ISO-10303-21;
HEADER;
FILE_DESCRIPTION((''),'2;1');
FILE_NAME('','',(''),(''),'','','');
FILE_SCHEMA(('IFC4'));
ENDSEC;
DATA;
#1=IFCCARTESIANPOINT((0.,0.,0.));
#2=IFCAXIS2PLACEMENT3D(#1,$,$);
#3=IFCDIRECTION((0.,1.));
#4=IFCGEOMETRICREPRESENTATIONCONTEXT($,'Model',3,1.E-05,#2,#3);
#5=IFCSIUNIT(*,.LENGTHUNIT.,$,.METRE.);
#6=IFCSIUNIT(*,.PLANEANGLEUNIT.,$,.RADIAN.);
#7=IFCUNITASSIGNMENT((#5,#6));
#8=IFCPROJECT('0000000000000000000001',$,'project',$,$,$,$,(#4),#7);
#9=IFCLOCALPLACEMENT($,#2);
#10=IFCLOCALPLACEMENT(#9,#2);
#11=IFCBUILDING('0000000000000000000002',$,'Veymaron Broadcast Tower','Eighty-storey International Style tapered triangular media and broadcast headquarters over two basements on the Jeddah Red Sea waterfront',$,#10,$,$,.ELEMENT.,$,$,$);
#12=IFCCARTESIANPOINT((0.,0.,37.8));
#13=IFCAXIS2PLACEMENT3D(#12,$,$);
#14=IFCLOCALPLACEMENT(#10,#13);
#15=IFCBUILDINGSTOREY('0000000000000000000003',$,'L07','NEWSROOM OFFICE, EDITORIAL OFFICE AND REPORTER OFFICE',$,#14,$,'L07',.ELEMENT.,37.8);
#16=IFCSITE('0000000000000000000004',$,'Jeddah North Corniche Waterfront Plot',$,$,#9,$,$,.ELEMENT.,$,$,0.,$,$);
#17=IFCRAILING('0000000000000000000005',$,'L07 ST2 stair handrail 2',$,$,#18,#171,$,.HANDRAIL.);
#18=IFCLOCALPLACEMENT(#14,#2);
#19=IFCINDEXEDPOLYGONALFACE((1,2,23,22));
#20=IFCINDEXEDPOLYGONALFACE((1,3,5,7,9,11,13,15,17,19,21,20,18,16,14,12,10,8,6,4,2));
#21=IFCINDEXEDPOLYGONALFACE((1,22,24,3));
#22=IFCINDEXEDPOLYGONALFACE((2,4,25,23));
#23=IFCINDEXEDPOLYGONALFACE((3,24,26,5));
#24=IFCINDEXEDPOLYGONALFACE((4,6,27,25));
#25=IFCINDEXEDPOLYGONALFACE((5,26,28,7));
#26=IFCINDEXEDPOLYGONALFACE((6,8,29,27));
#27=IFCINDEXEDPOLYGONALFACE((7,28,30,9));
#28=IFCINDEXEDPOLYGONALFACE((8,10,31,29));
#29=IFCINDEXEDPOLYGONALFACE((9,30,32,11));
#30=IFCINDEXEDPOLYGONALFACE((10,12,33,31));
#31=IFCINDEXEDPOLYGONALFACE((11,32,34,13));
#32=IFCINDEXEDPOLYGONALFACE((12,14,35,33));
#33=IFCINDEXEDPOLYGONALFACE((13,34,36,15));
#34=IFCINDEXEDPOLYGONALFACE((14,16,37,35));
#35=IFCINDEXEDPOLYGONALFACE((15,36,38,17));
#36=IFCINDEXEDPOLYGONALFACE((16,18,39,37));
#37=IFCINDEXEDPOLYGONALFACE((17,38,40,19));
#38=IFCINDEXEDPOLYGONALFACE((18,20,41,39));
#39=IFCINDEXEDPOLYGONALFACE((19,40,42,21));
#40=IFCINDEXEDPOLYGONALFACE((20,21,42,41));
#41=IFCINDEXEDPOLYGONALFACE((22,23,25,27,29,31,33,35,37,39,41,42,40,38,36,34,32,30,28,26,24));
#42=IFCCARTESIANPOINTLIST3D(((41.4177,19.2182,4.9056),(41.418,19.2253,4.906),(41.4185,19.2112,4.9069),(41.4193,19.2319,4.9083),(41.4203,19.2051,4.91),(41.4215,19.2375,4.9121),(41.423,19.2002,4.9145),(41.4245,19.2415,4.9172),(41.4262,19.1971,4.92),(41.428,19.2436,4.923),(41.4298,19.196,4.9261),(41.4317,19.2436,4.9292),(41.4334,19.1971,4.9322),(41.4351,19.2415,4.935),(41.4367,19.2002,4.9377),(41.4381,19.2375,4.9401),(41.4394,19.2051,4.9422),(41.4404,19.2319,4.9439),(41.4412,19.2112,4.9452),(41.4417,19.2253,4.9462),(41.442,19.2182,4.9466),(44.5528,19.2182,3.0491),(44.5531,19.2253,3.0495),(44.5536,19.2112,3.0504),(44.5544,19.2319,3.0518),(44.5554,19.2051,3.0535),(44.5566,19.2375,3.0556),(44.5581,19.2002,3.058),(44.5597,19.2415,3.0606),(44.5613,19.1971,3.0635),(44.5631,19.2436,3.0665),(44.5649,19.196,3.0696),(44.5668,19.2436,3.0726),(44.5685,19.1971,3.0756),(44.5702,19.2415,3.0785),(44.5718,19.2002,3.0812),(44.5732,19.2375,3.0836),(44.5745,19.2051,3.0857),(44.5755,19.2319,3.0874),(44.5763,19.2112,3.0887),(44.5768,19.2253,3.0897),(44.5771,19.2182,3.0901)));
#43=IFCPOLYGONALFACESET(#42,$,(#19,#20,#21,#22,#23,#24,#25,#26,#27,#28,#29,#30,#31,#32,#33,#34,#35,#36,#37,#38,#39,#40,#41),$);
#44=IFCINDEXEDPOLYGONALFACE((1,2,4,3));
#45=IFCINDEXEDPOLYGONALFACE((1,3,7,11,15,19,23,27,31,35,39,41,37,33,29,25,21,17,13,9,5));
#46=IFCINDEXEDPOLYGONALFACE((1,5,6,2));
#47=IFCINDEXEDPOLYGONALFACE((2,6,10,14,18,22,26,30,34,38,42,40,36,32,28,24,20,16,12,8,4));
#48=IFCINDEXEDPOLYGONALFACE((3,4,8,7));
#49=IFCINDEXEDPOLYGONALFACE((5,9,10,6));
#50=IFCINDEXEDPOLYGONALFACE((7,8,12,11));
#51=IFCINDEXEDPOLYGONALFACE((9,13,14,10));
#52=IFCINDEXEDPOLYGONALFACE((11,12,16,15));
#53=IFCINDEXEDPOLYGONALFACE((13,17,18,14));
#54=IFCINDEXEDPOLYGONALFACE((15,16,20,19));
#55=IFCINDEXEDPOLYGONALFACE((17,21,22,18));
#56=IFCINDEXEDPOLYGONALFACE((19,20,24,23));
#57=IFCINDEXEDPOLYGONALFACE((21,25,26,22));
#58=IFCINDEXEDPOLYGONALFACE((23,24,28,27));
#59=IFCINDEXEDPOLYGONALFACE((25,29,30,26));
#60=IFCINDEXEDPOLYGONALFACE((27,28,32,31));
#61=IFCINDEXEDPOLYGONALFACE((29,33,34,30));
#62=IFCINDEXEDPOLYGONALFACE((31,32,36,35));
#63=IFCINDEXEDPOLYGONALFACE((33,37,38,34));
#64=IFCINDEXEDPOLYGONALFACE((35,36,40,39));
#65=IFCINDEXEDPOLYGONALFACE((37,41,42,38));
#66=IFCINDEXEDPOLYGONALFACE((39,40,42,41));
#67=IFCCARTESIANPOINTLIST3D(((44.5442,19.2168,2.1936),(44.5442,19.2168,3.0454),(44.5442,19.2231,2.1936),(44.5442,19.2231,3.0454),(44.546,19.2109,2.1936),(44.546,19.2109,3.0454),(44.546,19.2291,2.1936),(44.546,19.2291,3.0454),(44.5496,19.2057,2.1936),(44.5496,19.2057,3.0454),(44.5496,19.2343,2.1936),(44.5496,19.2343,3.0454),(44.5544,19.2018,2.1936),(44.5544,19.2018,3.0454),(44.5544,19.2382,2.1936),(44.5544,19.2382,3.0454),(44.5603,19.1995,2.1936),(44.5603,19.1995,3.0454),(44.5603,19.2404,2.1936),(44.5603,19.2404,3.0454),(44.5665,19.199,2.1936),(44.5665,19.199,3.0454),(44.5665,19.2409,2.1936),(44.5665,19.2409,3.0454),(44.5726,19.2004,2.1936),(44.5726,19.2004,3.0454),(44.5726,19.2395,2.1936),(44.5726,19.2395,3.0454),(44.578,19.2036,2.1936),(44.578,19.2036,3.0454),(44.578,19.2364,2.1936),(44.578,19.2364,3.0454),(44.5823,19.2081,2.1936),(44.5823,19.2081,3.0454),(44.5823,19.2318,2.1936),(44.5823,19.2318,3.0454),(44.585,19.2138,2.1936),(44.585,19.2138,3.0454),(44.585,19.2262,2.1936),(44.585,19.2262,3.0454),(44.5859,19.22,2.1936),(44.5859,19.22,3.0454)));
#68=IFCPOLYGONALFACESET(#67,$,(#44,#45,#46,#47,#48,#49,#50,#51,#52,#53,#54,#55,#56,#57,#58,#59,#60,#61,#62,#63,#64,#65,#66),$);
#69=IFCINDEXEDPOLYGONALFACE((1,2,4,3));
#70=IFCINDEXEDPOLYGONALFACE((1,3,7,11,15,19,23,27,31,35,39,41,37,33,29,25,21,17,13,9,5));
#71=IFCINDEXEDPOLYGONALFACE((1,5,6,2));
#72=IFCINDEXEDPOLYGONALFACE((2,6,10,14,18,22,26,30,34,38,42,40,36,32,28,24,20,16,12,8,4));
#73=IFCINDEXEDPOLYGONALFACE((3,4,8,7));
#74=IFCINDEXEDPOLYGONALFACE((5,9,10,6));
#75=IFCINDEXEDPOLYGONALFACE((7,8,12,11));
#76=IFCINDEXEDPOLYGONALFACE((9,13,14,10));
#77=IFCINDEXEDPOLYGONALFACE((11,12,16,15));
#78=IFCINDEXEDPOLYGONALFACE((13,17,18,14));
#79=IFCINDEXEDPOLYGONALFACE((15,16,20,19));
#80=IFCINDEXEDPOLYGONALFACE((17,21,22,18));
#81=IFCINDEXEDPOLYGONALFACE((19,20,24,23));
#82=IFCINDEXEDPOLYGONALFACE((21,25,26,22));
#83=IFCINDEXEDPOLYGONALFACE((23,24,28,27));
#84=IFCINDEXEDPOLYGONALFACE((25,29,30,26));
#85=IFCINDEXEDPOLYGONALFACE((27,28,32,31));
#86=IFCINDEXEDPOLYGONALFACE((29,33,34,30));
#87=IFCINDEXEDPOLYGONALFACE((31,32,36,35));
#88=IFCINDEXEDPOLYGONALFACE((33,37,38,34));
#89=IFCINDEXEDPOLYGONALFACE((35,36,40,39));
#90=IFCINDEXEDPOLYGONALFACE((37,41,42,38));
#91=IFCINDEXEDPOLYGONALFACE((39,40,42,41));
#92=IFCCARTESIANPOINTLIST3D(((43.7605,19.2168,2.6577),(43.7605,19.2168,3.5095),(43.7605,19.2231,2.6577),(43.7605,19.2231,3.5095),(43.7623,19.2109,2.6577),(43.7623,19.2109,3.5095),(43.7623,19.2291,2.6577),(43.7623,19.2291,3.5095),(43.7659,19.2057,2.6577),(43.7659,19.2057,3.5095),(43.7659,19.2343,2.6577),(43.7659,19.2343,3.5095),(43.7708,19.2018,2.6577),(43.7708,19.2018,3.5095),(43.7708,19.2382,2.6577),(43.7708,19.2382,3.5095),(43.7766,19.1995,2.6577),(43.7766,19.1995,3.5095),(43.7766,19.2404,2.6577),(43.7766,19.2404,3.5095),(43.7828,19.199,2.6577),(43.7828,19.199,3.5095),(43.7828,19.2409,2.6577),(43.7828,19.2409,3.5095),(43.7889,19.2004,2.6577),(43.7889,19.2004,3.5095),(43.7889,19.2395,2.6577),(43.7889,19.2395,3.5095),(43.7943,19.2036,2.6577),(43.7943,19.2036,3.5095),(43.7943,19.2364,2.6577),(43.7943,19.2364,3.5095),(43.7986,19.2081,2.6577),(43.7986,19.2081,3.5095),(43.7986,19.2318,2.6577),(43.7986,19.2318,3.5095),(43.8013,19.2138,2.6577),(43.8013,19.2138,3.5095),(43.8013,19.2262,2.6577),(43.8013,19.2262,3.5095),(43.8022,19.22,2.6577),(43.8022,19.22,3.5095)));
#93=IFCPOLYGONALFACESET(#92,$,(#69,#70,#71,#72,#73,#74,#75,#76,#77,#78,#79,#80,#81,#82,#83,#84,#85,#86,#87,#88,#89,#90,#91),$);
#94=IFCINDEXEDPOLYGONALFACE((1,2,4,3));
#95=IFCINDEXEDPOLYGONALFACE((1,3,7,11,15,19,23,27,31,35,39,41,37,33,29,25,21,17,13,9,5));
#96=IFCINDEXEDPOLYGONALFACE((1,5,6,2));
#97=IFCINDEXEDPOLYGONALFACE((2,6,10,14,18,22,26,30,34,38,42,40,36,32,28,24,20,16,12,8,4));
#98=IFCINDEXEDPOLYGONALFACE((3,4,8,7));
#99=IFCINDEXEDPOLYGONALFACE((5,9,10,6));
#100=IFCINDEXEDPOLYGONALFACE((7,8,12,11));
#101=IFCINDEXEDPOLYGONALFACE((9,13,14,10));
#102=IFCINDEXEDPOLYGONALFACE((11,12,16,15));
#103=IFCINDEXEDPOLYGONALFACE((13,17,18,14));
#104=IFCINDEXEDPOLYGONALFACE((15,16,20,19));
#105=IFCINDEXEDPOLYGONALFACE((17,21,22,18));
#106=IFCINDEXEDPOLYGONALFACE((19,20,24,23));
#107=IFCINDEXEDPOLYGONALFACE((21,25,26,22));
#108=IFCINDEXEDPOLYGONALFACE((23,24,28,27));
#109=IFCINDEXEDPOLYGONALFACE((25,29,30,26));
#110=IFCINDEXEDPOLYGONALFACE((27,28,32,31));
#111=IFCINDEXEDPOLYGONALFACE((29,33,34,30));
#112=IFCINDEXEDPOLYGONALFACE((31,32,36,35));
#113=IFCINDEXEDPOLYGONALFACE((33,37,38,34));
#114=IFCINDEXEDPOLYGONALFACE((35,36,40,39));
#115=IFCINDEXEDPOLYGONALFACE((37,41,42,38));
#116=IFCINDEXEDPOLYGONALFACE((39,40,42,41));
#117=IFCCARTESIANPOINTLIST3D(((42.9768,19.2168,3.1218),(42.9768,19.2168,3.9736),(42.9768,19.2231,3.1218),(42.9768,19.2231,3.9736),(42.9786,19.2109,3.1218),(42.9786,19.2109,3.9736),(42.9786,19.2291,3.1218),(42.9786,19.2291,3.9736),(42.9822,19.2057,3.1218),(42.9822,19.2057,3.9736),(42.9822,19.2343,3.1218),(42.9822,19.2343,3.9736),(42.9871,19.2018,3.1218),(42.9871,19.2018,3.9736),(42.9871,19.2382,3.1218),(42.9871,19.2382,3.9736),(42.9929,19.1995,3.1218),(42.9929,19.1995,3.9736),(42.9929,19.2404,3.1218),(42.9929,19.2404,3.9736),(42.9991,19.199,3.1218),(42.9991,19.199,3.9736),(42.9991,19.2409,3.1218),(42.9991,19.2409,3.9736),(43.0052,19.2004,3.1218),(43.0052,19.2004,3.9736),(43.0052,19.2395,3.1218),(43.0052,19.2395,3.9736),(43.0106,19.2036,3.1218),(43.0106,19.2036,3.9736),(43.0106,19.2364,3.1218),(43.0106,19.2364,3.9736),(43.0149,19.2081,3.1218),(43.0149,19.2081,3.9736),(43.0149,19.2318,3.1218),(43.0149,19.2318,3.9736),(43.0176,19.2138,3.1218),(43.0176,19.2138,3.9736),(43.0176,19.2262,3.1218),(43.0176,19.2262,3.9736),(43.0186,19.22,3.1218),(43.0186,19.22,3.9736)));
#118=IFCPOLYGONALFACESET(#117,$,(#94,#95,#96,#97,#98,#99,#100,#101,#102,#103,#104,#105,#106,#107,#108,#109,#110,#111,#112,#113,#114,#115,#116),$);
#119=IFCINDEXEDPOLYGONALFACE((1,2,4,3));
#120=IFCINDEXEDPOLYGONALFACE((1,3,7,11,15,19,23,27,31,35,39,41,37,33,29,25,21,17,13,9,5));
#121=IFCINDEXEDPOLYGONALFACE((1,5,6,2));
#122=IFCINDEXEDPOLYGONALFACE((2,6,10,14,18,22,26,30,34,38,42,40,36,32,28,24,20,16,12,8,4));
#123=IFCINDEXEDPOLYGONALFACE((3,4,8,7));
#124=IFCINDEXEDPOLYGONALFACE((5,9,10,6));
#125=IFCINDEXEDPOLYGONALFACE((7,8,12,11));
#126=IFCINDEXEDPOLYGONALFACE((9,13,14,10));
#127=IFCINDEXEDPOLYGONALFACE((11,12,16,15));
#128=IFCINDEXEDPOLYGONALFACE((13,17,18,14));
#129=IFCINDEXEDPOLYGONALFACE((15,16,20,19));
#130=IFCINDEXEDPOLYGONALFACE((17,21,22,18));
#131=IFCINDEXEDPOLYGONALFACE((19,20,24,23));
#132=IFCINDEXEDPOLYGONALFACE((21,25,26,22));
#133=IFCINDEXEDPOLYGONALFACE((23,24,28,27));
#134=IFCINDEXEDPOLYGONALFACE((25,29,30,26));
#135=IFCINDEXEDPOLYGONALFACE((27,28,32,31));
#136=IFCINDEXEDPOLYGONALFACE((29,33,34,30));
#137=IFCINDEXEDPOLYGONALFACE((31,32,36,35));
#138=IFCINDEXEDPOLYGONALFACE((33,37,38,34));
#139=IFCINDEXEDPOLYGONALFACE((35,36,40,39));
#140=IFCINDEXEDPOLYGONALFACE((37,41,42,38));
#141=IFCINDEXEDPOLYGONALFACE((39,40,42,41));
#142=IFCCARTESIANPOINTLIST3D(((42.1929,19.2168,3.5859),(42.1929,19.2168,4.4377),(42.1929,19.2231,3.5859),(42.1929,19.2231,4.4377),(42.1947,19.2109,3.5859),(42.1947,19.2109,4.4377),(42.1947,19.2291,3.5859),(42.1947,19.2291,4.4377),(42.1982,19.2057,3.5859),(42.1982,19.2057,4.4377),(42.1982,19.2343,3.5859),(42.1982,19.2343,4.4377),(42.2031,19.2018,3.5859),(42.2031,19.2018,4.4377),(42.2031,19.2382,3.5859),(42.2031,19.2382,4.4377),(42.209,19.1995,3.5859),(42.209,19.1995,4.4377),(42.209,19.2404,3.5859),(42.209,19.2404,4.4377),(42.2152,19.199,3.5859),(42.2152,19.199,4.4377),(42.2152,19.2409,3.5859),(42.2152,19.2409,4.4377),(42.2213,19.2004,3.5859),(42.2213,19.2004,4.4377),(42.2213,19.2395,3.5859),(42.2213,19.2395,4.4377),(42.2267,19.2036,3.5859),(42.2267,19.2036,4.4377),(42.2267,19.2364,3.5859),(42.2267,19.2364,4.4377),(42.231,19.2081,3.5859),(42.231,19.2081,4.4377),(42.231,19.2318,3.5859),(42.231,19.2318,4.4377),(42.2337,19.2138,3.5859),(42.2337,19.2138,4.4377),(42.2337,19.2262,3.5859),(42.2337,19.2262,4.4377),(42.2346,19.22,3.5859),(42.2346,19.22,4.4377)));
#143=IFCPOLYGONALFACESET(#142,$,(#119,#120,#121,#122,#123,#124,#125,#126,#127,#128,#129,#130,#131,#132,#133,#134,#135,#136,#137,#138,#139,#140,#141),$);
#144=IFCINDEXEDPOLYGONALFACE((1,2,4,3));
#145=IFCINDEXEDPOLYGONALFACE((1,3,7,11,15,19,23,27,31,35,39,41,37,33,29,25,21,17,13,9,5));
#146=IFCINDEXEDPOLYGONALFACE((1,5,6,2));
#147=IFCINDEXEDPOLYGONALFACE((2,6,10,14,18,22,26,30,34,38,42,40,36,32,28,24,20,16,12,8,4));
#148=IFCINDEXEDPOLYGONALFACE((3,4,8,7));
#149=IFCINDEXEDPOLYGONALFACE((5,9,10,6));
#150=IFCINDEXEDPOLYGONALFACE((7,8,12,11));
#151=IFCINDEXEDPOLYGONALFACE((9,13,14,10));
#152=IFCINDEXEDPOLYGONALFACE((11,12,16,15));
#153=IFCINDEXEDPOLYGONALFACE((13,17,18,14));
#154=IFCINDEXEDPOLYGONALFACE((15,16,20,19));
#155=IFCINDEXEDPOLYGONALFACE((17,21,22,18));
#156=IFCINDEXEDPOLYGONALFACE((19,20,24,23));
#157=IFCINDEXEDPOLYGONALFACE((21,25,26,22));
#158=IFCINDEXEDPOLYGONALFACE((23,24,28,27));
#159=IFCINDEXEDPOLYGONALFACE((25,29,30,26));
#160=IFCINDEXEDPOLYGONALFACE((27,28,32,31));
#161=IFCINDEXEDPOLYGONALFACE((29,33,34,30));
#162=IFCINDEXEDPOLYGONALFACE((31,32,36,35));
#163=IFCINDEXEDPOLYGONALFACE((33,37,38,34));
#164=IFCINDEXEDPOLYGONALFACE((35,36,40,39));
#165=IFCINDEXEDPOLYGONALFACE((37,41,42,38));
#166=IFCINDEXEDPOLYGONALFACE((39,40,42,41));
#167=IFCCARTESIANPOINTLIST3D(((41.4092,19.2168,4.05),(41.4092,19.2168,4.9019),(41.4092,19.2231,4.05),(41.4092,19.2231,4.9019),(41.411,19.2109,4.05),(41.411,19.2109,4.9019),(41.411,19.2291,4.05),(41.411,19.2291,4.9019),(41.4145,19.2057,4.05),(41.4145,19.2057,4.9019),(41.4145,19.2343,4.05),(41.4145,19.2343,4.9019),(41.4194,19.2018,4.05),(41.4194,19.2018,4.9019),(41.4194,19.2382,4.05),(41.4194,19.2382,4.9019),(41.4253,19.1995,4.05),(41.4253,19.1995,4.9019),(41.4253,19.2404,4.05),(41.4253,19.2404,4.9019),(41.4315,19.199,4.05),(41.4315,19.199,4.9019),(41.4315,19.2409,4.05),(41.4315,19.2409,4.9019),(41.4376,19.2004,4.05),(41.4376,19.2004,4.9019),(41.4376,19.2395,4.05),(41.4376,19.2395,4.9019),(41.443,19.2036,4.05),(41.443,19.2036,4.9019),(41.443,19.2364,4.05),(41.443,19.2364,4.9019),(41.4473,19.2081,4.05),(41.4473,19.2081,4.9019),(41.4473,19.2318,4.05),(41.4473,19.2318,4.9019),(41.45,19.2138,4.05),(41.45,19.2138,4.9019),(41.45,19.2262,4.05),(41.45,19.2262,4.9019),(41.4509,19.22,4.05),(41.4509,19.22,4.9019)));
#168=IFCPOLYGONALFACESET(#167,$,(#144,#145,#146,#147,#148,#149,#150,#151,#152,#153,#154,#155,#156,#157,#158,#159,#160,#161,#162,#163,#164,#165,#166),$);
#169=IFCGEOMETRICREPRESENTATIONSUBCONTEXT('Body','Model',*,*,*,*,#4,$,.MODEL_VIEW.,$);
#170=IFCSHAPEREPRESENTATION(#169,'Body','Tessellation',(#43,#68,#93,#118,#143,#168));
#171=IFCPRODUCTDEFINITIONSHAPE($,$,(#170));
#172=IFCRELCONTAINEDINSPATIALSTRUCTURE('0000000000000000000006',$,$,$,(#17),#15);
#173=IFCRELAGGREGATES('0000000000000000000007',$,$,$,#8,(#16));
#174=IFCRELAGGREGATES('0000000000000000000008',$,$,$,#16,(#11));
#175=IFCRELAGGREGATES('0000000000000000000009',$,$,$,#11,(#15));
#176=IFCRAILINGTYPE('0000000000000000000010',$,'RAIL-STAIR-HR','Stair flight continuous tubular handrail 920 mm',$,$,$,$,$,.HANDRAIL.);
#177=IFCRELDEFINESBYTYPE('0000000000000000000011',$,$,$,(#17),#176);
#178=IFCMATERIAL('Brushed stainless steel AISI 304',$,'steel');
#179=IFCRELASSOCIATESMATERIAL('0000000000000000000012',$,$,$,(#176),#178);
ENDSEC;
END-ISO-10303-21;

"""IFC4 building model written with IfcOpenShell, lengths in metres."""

from ifc_helpers import new_model, si_unit, direction, frame, origin, origin_2d, place, context, subcontext, project, spatial, circle, extrude, material, type_object, element, save


model = new_model("IFC4")

# Units and contexts
model_context = context("Model", 3, precision=1e-05, world=origin(), true_north=direction((0.0, 1.0)))
body_context = subcontext(model_context, "Body", "Model", "MODEL_VIEW")
ifc_project = project(units=[si_unit("LENGTHUNIT", "METRE"), si_unit("PLANEANGLEUNIT", "RADIAN")], contexts=[model_context])

# Site, building, storey
site_placement = place(None, origin())
site = spatial("IfcSite", under=ifc_project, at=site_placement, Name="Jeddah North Corniche Waterfront Plot", CompositionType="ELEMENT", RefElevation=0.0)
building_placement = place(site_placement, origin())
building = spatial("IfcBuilding", under=site, at=building_placement, Name="Veymaron Broadcast Tower", Description="Eighty-storey International Style tapered triangular media and broadcast headquarters over two basements on the Jeddah Red Sea waterfront", CompositionType="ELEMENT")
storey_placement = place(building_placement, frame((0.0, 0.0, 37.8)))
storey = spatial("IfcBuildingStorey", under=building, at=storey_placement, Name="L07", Description="NEWSROOM OFFICE, EDITORIAL OFFICE AND REPORTER OFFICE", LongName="L07", CompositionType="ELEMENT", Elevation=37.8)

# Shared definitions
ifc_material_1 = material(Name="Brushed stainless steel AISI 304", Category="steel")

# Railing
railing_type_1 = type_object("IfcRailingType", Name="RAIL-STAIR-HR", Description="Stair flight continuous tubular handrail 920 mm", PredefinedType="HANDRAIL", material=ifc_material_1)
railing_1_placement = place(storey_placement, frame((44.5649, 19.22, 2.1936)))
element("IfcRailing", 1, at=railing_1_placement, inside=storey, type_object=railing_type_1, Name="L07 ST2 stair handrail 2", PredefinedType="HANDRAIL", context=body_context, shape_type="SweptSolid", body=[
    extrude(circle(Radius=0.0239, at=origin_2d()), frame((0.0, 0.0, 0.876), z_axis=(-0.860453, 0.0, 0.509531), x_axis=(0.0, -1.0, 0.0)), (0.0, 0.0, 1.0), 3.6436),
    extrude(circle(Radius=0.021, at=origin_2d()), origin(), (0.0, 0.0, 1.0), 0.8518),
    extrude(circle(Radius=0.021, at=origin_2d()), frame((-0.7837, 0.0, 0.4641)), (0.0, 0.0, 1.0), 0.8518),
    extrude(circle(Radius=0.021, at=origin_2d()), frame((-1.5674, 0.0, 0.9282)), (0.0, 0.0, 1.0), 0.8518),
    extrude(circle(Radius=0.021, at=origin_2d()), frame((-2.3513, 0.0, 1.3923)), (0.0, 0.0, 1.0), 0.8518),
    extrude(circle(Radius=0.021, at=origin_2d()), frame((-3.135, 0.0, 1.8564)), (0.0, 0.0, 1.0), 0.8518),
])

save(model, "model.ifc")
